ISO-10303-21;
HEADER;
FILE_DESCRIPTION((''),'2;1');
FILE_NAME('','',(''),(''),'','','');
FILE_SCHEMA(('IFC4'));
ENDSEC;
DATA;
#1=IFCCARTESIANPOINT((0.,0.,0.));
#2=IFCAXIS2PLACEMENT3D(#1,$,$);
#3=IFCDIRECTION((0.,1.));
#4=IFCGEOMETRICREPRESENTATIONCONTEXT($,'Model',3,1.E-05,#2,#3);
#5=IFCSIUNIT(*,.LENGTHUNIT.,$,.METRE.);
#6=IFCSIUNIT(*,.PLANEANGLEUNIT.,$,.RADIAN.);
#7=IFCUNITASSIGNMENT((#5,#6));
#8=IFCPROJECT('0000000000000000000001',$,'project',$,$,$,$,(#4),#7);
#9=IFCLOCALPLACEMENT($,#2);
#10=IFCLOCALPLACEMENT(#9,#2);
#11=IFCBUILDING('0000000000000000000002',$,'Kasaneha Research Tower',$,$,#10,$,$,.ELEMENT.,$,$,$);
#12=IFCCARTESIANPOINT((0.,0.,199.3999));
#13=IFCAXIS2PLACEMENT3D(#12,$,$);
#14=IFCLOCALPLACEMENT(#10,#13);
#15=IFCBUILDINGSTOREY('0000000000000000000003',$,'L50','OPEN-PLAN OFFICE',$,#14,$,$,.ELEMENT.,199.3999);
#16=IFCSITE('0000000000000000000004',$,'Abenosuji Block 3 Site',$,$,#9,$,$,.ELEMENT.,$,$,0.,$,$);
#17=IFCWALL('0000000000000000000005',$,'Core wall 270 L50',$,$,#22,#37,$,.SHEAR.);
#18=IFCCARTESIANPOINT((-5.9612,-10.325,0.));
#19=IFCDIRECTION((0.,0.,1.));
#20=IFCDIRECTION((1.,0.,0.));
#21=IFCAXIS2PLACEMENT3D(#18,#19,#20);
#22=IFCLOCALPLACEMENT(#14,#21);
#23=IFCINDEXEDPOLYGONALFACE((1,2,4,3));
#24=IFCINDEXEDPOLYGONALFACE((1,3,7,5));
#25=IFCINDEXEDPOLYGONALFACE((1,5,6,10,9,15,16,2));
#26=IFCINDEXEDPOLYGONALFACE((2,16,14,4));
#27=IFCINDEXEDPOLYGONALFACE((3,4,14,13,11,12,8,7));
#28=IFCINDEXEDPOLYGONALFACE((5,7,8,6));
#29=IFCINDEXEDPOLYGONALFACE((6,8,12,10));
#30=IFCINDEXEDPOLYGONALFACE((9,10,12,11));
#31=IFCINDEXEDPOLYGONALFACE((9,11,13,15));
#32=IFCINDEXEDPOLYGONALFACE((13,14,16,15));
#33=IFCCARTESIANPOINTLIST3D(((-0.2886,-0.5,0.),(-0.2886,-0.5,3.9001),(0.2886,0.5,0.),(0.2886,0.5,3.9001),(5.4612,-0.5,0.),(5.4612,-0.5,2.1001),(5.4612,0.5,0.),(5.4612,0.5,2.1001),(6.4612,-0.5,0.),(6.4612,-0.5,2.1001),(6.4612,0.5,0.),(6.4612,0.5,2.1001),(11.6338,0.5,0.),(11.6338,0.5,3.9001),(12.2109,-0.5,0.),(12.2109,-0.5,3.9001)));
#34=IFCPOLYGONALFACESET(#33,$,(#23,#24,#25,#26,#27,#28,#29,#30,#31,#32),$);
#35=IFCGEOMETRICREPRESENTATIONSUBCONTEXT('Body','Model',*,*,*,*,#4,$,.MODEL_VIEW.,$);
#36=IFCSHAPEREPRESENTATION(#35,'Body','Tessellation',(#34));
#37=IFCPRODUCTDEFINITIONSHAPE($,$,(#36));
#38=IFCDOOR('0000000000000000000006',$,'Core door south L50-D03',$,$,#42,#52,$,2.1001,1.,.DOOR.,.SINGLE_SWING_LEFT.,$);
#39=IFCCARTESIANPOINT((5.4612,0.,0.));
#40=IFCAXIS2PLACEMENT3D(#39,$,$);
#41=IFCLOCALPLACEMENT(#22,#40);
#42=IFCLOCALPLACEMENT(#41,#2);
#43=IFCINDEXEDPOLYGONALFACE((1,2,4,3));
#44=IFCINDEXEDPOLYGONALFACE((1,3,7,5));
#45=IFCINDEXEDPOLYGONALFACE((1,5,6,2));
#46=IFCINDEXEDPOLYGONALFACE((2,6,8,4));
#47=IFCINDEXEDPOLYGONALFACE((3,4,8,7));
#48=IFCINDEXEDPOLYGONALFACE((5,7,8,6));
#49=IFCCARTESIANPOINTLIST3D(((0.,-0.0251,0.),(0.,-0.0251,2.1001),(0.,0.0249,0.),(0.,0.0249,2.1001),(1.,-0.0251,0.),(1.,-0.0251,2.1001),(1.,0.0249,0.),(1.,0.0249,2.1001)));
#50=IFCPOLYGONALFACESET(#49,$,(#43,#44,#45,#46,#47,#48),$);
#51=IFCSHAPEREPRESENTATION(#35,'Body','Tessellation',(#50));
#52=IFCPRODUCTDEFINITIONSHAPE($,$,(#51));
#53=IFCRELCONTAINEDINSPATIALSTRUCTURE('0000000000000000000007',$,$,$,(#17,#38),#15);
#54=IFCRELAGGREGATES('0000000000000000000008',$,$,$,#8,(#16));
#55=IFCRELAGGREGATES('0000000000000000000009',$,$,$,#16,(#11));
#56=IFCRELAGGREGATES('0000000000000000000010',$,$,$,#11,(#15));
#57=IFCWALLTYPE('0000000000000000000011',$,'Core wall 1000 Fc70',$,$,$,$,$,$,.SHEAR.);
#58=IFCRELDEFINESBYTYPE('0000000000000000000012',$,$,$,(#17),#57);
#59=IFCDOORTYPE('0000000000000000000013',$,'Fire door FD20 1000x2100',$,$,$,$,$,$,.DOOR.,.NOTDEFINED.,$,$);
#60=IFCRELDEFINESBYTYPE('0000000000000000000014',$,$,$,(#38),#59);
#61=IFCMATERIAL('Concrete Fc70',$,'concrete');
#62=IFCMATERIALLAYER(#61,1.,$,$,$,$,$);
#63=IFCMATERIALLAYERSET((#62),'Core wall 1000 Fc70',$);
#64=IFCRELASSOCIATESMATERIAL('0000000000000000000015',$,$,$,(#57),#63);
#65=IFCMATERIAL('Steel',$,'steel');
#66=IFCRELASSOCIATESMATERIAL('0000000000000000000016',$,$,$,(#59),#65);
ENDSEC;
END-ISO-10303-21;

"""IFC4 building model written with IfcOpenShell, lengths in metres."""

from ifc_helpers import new_model, si_unit, direction, frame, frame_2d, origin, place, context, subcontext, project, spatial, polyline, rectangle, outline, extrude, material, layer, layer_set, type_object, element, fill, save


model = new_model("IFC4")

# Units and contexts
model_context = context("Model", 3, precision=1e-05, world=origin(), true_north=direction((0.0, 1.0)))
body_context = subcontext(model_context, "Body", "Model", "MODEL_VIEW")
ifc_project = project(units=[si_unit("LENGTHUNIT", "METRE"), si_unit("PLANEANGLEUNIT", "RADIAN")], contexts=[model_context])

# Site, building, storey
site_placement = place(None, origin())
site = spatial("IfcSite", under=ifc_project, at=site_placement, Name="Abenosuji Block 3 Site", CompositionType="ELEMENT", RefElevation=0.0)
building_placement = place(site_placement, origin())
building = spatial("IfcBuilding", under=site, at=building_placement, Name="Kasaneha Research Tower", CompositionType="ELEMENT")
storey_placement = place(building_placement, frame((0.0, 0.0, 199.3999)))
storey = spatial("IfcBuildingStorey", under=building, at=storey_placement, Name="L50", Description="OPEN-PLAN OFFICE", CompositionType="ELEMENT", Elevation=199.3999)

# Wall, opening, door
ifc_material_1 = material(Name="Concrete Fc70", Category="concrete")
ifc_layer_1 = layer(ifc_material_1, 1.0)
ifc_layer_set_1 = layer_set([ifc_layer_1], Name="Core wall 1000 Fc70")
wall_type_1 = type_object("IfcWallType", Name="Core wall 1000 Fc70", PredefinedType="SHEAR", material=ifc_layer_set_1)
wall_1_placement = place(storey_placement, frame((-5.9612, -10.325, 0.0), z_axis=(0.0, 0.0, 1.0), x_axis=(1.0, 0.0, 0.0)))
wall_1 = element("IfcWall", 1, at=wall_1_placement, inside=storey, type_object=wall_type_1, Name="Core wall 270 L50", PredefinedType="SHEAR", context=body_context, shape_type="SweptSolid", body=[
    extrude(outline(polyline([(-0.2886, -0.5), (5.4612, -0.5), (6.4612, -0.5), (12.2109, -0.5), (11.6338, 0.5), (6.4612, 0.5), (5.4612, 0.5), (0.2886, 0.5), (-0.2886, -0.5)])), origin(), (0.0, 0.0, 1.0), 3.9001),
])
opening_1_placement = place(wall_1_placement, frame((5.4612, 0.0, 0.0)))
opening_1 = element("IfcOpeningElement", 2, at=opening_1_placement, cuts=wall_1, PredefinedType="OPENING", context=body_context, shape_type="SweptSolid", body=[
    extrude(rectangle(XDim=1.0, YDim=2.1001, at=frame_2d((0.5, 1.05))), frame((0.0, 0.51, 0.0), z_axis=(0.0, -1.0, 0.0), x_axis=(1.0, 0.0, 0.0)), (0.0, 0.0, 1.0), 1.02),
])
ifc_material_2 = material(Name="Steel", Category="steel")
door_type_1 = type_object("IfcDoorType", Name="Fire door FD20 1000x2100", OperationType="NOTDEFINED", PredefinedType="DOOR", material=ifc_material_2)
door_1_placement = place(opening_1_placement, origin())
door_1 = element("IfcDoor", 3, at=door_1_placement, inside=storey, type_object=door_type_1, Name="Core door south L50-D03", OperationType="SINGLE_SWING_LEFT", OverallHeight=2.1001, OverallWidth=1.0, PredefinedType="DOOR", context=body_context, shape_type="SweptSolid", body=[
    extrude(rectangle(XDim=1.0, YDim=2.1001, at=frame_2d((0.5, 1.05))), frame((0.0, 0.0249, 0.0), z_axis=(0.0, -1.0, 0.0), x_axis=(1.0, 0.0, 0.0)), (0.0, 0.0, 1.0), 0.05),
])
fill(opening_1, door_1)

save(model, "model.ifc")
